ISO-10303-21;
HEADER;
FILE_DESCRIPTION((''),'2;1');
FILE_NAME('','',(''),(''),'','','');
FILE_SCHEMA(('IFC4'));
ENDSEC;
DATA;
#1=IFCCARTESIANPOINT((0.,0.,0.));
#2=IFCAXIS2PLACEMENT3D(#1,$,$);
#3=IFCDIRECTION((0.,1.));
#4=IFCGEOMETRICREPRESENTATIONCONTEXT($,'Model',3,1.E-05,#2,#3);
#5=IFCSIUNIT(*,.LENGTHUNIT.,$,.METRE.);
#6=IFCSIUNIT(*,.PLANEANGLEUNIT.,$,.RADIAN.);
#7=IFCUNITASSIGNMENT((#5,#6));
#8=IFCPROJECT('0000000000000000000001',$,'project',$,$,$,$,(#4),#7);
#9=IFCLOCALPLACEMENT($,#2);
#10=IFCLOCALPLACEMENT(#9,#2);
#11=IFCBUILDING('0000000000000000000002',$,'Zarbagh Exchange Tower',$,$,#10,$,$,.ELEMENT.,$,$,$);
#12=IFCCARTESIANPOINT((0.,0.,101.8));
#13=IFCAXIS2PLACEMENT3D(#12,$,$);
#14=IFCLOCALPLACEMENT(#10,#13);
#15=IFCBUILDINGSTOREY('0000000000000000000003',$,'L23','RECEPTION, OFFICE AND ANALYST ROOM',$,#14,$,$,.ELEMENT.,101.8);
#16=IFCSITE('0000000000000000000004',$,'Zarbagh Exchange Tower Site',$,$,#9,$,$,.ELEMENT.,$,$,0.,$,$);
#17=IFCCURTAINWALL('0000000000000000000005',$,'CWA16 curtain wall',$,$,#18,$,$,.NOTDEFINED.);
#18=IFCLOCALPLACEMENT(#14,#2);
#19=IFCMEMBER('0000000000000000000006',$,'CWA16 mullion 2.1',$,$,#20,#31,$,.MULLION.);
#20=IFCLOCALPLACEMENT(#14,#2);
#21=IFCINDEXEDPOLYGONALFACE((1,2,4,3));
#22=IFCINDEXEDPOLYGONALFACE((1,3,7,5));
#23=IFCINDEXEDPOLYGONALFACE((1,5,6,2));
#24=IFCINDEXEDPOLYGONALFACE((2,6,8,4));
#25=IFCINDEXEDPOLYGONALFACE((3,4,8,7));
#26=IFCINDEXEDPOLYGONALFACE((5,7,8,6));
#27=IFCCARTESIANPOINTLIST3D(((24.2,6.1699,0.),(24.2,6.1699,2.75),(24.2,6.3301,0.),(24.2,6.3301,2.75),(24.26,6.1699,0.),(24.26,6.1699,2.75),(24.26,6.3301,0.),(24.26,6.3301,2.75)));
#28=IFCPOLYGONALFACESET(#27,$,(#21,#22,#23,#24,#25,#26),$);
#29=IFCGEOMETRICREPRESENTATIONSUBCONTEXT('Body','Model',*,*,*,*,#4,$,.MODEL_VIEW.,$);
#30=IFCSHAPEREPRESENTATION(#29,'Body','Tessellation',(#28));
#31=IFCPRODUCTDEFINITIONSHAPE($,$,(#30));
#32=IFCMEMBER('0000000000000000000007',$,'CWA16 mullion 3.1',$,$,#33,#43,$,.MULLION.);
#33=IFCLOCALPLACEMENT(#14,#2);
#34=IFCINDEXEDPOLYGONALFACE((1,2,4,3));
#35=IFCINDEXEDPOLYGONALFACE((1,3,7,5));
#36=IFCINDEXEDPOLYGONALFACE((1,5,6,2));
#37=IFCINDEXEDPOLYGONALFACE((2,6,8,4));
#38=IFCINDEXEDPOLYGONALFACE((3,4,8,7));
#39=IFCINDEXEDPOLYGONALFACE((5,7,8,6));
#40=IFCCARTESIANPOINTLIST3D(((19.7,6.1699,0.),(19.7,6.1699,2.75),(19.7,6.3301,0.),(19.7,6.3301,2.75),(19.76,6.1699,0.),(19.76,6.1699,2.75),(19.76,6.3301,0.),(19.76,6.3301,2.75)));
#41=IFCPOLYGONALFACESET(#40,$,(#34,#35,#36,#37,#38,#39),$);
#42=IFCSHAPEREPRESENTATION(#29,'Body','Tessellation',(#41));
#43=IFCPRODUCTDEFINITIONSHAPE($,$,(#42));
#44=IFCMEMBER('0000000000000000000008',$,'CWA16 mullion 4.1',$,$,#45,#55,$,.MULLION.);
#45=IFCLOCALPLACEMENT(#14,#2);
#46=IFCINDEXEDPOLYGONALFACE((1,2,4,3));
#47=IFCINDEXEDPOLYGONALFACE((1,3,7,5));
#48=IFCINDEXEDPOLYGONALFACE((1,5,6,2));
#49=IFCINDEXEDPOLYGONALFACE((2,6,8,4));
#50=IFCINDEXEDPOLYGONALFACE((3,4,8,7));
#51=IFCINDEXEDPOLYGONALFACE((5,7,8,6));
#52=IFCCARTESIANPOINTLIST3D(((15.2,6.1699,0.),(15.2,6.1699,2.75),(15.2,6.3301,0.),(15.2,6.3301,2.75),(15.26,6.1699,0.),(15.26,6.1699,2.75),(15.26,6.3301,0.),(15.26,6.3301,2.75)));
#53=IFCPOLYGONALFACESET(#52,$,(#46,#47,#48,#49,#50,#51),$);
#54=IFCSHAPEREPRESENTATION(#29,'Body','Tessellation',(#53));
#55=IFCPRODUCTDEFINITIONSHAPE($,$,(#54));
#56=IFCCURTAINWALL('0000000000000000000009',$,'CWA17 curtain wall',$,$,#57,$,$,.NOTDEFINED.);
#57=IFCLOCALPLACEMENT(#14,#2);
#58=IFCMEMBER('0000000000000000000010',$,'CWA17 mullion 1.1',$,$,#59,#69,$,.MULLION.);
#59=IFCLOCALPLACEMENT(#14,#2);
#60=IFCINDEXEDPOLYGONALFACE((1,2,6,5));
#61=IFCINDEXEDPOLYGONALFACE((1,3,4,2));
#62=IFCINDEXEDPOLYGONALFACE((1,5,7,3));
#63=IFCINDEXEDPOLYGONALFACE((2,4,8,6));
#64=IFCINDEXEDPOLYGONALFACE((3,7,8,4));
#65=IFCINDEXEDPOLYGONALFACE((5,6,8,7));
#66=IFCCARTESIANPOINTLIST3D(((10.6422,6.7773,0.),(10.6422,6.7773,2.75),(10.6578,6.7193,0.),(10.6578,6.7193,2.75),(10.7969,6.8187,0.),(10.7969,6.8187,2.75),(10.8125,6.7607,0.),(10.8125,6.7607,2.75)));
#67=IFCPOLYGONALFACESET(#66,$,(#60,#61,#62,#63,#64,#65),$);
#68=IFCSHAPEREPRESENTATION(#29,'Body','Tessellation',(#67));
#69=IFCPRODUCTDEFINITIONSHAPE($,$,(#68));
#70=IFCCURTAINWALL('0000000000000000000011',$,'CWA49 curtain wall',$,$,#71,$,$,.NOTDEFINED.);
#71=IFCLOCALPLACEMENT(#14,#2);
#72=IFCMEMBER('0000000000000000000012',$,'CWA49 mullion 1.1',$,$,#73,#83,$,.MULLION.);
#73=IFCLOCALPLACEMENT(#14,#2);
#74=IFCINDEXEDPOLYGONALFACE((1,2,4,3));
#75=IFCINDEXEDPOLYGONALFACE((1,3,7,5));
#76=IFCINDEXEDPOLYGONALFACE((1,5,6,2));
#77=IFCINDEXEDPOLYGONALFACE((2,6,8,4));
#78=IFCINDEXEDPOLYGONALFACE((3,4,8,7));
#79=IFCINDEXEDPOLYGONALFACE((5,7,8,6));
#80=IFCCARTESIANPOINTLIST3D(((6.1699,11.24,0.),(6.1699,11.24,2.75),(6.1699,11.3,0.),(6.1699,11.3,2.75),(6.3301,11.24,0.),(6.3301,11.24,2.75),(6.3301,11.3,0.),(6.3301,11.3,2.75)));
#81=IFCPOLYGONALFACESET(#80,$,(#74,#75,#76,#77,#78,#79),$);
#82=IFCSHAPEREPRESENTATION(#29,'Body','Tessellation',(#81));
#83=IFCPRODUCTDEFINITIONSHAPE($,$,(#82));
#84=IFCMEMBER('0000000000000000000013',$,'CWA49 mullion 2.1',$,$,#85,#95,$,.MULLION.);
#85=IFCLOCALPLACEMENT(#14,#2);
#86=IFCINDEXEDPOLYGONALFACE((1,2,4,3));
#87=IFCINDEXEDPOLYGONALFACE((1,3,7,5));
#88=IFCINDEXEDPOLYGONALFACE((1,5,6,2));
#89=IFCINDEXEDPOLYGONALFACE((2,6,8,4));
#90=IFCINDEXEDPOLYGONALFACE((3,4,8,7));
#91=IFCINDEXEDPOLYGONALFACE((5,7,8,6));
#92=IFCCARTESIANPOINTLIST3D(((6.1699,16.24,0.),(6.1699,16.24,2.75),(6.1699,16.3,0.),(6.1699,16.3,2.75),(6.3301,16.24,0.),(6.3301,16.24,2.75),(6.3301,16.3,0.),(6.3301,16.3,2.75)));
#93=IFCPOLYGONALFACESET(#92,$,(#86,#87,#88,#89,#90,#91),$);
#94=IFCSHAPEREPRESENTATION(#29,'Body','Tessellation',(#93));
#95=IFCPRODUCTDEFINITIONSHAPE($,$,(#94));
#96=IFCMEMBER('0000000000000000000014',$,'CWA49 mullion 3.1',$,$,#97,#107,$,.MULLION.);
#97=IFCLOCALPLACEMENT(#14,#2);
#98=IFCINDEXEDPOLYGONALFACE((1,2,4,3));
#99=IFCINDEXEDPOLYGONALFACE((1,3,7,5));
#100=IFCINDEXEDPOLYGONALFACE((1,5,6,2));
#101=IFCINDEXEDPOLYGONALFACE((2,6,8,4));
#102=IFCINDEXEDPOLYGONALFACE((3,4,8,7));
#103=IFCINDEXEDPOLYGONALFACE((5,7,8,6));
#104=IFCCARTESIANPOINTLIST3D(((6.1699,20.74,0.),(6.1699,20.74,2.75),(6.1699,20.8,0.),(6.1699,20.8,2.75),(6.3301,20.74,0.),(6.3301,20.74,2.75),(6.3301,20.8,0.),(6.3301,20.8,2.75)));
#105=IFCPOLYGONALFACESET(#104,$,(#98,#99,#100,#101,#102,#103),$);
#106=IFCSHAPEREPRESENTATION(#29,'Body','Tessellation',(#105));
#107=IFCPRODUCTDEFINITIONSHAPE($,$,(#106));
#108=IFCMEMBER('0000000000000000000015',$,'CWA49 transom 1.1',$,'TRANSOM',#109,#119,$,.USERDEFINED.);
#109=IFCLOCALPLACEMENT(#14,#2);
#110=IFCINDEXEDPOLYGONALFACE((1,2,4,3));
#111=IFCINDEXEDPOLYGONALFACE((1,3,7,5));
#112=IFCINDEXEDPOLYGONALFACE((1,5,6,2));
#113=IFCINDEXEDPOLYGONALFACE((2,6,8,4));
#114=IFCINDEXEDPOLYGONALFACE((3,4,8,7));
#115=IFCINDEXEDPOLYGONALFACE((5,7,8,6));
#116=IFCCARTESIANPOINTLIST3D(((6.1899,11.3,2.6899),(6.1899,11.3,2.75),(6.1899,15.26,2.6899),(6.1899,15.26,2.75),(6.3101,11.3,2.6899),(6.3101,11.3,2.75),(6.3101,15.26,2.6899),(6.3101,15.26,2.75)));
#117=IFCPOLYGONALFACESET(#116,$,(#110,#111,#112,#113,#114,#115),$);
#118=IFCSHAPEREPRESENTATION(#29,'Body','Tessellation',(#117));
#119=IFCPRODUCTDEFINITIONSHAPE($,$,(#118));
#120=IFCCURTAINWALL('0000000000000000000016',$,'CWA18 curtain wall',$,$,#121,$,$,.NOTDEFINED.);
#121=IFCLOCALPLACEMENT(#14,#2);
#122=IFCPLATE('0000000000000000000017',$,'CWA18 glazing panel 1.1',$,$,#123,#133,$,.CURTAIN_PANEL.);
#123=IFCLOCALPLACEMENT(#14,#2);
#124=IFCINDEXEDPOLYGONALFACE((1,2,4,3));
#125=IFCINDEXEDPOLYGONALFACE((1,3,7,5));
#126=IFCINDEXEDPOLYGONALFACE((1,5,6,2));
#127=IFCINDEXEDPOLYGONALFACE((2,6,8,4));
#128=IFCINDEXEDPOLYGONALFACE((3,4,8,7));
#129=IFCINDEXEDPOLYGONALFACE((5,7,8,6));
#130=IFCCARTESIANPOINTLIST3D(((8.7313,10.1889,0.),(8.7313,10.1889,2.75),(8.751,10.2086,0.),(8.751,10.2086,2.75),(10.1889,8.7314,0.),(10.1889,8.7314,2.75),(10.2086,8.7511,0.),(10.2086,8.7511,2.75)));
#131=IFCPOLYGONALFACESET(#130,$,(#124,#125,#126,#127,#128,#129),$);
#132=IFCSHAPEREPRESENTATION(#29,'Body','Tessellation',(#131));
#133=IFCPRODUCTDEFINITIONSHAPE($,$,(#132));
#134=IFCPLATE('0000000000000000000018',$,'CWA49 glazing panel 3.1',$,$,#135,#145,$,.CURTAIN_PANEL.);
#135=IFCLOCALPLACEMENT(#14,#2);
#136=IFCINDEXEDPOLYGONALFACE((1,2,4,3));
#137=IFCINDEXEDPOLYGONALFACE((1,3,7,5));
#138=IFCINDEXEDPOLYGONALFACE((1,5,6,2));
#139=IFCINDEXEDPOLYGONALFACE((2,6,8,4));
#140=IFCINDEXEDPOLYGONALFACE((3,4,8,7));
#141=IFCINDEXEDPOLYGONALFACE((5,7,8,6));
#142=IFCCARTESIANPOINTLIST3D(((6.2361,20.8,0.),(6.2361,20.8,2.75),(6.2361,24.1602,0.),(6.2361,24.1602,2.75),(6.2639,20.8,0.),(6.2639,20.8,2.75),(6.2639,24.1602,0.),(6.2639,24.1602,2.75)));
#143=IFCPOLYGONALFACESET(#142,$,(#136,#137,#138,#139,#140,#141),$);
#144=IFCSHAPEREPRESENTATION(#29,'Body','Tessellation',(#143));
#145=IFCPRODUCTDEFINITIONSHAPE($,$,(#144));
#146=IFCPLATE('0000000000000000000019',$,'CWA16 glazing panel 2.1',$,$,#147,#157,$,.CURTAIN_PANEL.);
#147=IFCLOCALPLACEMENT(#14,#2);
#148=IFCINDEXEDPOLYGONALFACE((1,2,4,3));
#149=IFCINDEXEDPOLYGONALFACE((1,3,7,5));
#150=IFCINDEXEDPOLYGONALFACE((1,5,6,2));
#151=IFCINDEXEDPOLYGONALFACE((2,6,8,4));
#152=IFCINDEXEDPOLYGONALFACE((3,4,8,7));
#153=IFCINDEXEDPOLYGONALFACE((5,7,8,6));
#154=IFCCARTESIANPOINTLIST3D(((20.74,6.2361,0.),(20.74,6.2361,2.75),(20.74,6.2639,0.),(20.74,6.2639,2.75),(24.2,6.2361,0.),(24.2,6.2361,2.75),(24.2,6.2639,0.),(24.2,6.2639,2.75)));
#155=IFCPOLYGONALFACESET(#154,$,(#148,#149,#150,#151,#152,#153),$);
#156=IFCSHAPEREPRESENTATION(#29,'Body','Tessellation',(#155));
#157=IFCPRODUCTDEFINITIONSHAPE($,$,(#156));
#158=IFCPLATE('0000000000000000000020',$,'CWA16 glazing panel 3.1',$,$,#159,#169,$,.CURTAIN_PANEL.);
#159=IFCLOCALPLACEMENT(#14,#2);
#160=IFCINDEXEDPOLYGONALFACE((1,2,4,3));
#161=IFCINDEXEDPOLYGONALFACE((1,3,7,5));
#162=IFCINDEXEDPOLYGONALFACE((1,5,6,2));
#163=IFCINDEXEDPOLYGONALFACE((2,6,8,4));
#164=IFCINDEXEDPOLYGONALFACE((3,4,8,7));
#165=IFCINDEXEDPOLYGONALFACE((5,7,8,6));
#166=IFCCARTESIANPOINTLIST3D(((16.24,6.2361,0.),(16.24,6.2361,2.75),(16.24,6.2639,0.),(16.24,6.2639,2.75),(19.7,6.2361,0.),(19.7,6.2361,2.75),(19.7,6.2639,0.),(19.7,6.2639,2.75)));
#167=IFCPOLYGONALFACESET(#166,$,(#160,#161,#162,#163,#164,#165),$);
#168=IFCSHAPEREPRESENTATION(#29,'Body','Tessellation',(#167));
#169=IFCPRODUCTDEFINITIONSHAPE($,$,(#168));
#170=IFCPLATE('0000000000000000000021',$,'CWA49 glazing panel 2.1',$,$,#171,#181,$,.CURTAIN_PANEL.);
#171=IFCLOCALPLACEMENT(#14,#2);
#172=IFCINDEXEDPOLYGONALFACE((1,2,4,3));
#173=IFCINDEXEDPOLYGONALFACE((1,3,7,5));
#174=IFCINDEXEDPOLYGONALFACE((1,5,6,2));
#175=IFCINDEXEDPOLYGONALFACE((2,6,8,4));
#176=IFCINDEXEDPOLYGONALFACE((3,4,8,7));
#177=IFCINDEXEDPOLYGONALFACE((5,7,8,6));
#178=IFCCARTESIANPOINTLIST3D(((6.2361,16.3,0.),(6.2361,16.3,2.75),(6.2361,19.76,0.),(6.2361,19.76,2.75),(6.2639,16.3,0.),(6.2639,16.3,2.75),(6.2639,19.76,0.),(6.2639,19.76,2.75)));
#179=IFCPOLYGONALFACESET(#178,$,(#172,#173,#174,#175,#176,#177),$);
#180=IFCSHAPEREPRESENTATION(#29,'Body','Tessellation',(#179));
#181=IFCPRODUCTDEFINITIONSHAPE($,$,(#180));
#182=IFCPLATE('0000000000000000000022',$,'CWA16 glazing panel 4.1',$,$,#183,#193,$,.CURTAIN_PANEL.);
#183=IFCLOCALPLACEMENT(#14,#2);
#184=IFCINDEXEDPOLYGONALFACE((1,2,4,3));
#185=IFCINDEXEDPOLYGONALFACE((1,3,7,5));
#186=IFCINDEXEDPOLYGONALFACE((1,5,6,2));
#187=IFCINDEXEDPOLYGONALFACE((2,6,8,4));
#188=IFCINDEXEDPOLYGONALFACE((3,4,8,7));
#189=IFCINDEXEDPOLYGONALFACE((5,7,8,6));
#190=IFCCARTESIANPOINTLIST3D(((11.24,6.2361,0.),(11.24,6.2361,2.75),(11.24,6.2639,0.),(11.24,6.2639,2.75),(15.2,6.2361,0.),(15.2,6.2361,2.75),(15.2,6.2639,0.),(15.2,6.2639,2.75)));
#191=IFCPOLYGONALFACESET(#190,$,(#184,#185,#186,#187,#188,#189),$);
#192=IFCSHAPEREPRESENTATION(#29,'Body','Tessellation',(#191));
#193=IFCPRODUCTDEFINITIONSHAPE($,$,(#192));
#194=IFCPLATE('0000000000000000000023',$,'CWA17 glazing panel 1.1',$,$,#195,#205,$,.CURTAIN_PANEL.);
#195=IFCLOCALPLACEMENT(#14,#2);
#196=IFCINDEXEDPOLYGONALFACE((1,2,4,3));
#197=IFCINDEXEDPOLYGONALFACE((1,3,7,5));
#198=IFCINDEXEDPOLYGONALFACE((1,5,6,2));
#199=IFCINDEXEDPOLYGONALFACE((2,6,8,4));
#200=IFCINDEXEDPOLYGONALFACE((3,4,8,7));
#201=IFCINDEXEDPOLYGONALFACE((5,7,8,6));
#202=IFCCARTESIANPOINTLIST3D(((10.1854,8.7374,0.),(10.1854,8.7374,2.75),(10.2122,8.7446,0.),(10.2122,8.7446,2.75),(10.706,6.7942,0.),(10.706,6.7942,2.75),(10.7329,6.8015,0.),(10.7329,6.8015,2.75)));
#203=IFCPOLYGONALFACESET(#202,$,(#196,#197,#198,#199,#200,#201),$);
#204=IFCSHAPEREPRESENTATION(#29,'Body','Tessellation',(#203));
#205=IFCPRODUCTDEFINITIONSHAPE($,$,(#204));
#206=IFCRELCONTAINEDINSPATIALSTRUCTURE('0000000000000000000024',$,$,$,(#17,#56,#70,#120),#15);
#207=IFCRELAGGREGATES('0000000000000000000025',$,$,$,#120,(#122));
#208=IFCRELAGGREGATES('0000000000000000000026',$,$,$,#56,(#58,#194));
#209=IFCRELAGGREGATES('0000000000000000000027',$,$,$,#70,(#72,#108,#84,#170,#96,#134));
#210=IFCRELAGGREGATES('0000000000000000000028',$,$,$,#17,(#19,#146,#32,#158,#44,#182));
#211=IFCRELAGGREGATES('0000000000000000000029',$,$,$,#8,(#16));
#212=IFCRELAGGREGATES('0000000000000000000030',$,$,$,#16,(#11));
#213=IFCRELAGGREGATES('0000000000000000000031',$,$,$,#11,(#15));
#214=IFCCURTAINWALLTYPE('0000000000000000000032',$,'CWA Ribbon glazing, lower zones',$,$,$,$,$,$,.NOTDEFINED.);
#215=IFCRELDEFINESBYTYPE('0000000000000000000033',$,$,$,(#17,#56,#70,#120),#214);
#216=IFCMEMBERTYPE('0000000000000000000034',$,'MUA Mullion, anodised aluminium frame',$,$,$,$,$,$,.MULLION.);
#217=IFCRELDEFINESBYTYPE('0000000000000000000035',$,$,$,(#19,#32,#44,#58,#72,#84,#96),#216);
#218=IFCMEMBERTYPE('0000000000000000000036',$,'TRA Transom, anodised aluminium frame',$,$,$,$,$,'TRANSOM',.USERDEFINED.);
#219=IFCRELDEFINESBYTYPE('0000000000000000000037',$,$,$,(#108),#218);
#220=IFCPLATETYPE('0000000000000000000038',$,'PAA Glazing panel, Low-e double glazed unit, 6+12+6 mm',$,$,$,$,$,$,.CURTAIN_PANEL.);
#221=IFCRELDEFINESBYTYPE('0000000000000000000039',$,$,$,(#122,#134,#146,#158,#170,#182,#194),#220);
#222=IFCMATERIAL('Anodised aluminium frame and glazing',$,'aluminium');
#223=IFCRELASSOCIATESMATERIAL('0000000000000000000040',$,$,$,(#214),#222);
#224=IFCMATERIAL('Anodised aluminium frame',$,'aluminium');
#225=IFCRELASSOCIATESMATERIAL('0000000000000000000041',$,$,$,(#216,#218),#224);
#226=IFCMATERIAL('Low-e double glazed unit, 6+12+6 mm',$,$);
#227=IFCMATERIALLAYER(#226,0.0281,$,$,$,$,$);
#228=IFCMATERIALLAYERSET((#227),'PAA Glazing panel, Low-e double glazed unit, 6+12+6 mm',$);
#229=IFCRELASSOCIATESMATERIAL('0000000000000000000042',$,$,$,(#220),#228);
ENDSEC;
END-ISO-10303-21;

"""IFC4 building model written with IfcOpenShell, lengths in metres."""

from ifc_helpers import new_model, si_unit, direction, frame, origin, place, context, subcontext, project, spatial, polyline, outline, extrude, source, transform, mapped, material, layer, layer_set, type_object, element, aggregate, save


model = new_model("IFC4")

# Units and contexts
model_context = context("Model", 3, precision=1e-05, world=origin(), true_north=direction((0.0, 1.0)))
body_context = subcontext(model_context, "Body", "Model", "MODEL_VIEW")
ifc_project = project(units=[si_unit("LENGTHUNIT", "METRE"), si_unit("PLANEANGLEUNIT", "RADIAN")], contexts=[model_context])

# Site, building, storey
site_placement = place(None, origin())
site = spatial("IfcSite", under=ifc_project, at=site_placement, Name="Zarbagh Exchange Tower Site", CompositionType="ELEMENT", RefElevation=0.0)
building_placement = place(site_placement, origin())
building = spatial("IfcBuilding", under=site, at=building_placement, Name="Zarbagh Exchange Tower", CompositionType="ELEMENT")
storey_placement = place(building_placement, frame((0.0, 0.0, 101.8)))
storey = spatial("IfcBuildingStorey", under=building, at=storey_placement, Name="L23", Description="RECEPTION, OFFICE AND ANALYST ROOM", CompositionType="ELEMENT", Elevation=101.8)

# Curtain wall, members
ifc_material_1 = material(Name="Anodised aluminium frame and glazing", Category="aluminium")
curtain_wall_type = type_object("IfcCurtainWallType", Name="CWA Ribbon glazing, lower zones", PredefinedType="NOTDEFINED", material=ifc_material_1)
curtain_wall_1_placement = place(storey_placement, origin())
curtain_wall_1 = element("IfcCurtainWall", 1, at=curtain_wall_1_placement, inside=storey, type_object=curtain_wall_type, Name="CWA16 curtain wall", PredefinedType="NOTDEFINED")
ifc_material_2 = material(Name="Anodised aluminium frame", Category="aluminium")
member_type_1 = type_object("IfcMemberType", Name="MUA Mullion, anodised aluminium frame", PredefinedType="MULLION", material=ifc_material_2)
shared_shape_1 = source(origin(), body_context, "Body", "SweptSolid", [
    extrude(outline(polyline([(0.0, -0.0801), (0.0601, -0.0801), (0.0601, 0.0801), (0.0, 0.0801), (0.0, -0.0801)])), origin(), (0.0, 0.0, 1.0), 2.75),
])
placement = place(storey_placement, origin())
member_1 = element("IfcMember", 2, at=placement, type_object=member_type_1, Name="CWA16 mullion 2.1", PredefinedType="MULLION", context=body_context, shape_type="MappedRepresentation", body=[
    mapped(shared_shape_1, transform((24.26, 6.25, 0.0), x_axis=(-1.0, 0.0, 0.0), y_axis=(0.0, -1.0, 0.0), z_axis=(0.0, 0.0, 1.0))),
])
member_2 = element("IfcMember", 3, at=placement, type_object=member_type_1, Name="CWA16 mullion 3.1", PredefinedType="MULLION", context=body_context, shape_type="MappedRepresentation", body=[
    mapped(shared_shape_1, transform((19.76, 6.25, 0.0), x_axis=(-1.0, 0.0, 0.0), y_axis=(0.0, -1.0, 0.0), z_axis=(0.0, 0.0, 1.0))),
])
member_3 = element("IfcMember", 4, at=placement, type_object=member_type_1, Name="CWA16 mullion 4.1", PredefinedType="MULLION", context=body_context, shape_type="MappedRepresentation", body=[
    mapped(shared_shape_1, transform((15.26, 6.25, 0.0), x_axis=(-1.0, 0.0, 0.0), y_axis=(0.0, -1.0, 0.0), z_axis=(0.0, 0.0, 1.0))),
])

# Curtain wall, member
curtain_wall_2_placement = place(storey_placement, origin())
curtain_wall_2 = element("IfcCurtainWall", 5, at=curtain_wall_2_placement, inside=storey, type_object=curtain_wall_type, Name="CWA17 curtain wall", PredefinedType="NOTDEFINED")
member_4 = element("IfcMember", 6, at=placement, type_object=member_type_1, Name="CWA17 mullion 1.1", PredefinedType="MULLION", context=body_context, shape_type="MappedRepresentation", body=[
    mapped(shared_shape_1, transform((10.7351, 6.74, 0.0), x_axis=(-0.258825, 0.965924, 0.0), y_axis=(-0.965924, -0.258825, 0.0), z_axis=(0.0, 0.0, 1.0))),
])

# Curtain wall, members
curtain_wall_3_placement = place(storey_placement, origin())
curtain_wall_3 = element("IfcCurtainWall", 7, at=curtain_wall_3_placement, inside=storey, type_object=curtain_wall_type, Name="CWA49 curtain wall", PredefinedType="NOTDEFINED")
member_5 = element("IfcMember", 8, at=placement, type_object=member_type_1, Name="CWA49 mullion 1.1", PredefinedType="MULLION", context=body_context, shape_type="MappedRepresentation", body=[
    mapped(shared_shape_1, transform((6.25, 11.24, 0.0), x_axis=(0.0, 1.0, 0.0), y_axis=(-1.0, 0.0, 0.0), z_axis=(0.0, 0.0, 1.0))),
])
member_6 = element("IfcMember", 9, at=placement, type_object=member_type_1, Name="CWA49 mullion 2.1", PredefinedType="MULLION", context=body_context, shape_type="MappedRepresentation", body=[
    mapped(shared_shape_1, transform((6.25, 16.24, 0.0), x_axis=(0.0, 1.0, 0.0), y_axis=(-1.0, 0.0, 0.0), z_axis=(0.0, 0.0, 1.0))),
])
member_7 = element("IfcMember", 10, at=placement, type_object=member_type_1, Name="CWA49 mullion 3.1", PredefinedType="MULLION", context=body_context, shape_type="MappedRepresentation", body=[
    mapped(shared_shape_1, transform((6.25, 20.74, 0.0), x_axis=(0.0, 1.0, 0.0), y_axis=(-1.0, 0.0, 0.0), z_axis=(0.0, 0.0, 1.0))),
])
member_type_2 = type_object("IfcMemberType", Name="TRA Transom, anodised aluminium frame", ElementType="TRANSOM", PredefinedType="USERDEFINED", material=ifc_material_2)
shared_shape_2 = source(origin(), body_context, "Body", "SweptSolid", [
    extrude(outline(polyline([(-0.0601, -0.0601), (0.0, -0.0601), (0.0, 0.0601), (-0.0601, 0.0601), (-0.0601, -0.0601)])), origin(), (0.0, 0.0, 1.0), 3.96),
])
member_8 = element("IfcMember", 11, at=placement, type_object=member_type_2, Name="CWA49 transom 1.1", ObjectType="TRANSOM", PredefinedType="USERDEFINED", context=body_context, shape_type="MappedRepresentation", body=[
    mapped(shared_shape_2, transform((6.25, 11.3, 2.75), x_axis=(0.0, 0.0, 1.0), y_axis=(1.0, 0.0, 0.0), z_axis=(0.0, 1.0, 0.0))),
])

# Curtain wall, plate
curtain_wall_4_placement = place(storey_placement, origin())
curtain_wall_4 = element("IfcCurtainWall", 12, at=curtain_wall_4_placement, inside=storey, type_object=curtain_wall_type, Name="CWA18 curtain wall", PredefinedType="NOTDEFINED")
ifc_material_3 = material(Name="Low-e double glazed unit, 6+12+6 mm")
ifc_layer_1 = layer(ifc_material_3, 0.0281)
ifc_layer_set_1 = layer_set([ifc_layer_1], Name="PAA Glazing panel, Low-e double glazed unit, 6+12+6 mm")
plate_type = type_object("IfcPlateType", Name="PAA Glazing panel, Low-e double glazed unit, 6+12+6 mm", PredefinedType="CURTAIN_PANEL", material=ifc_layer_set_1)
shared_shape_3 = source(origin(), body_context, "Body", "SweptSolid", [
    extrude(outline(polyline([(0.0, -0.0139), (2.0613, -0.0139), (2.0613, 0.0139), (0.0, 0.0139), (0.0, -0.0139)])), origin(), (0.0, 0.0, 1.0), 2.75),
])
plate_1 = element("IfcPlate", 13, at=placement, type_object=plate_type, Name="CWA18 glazing panel 1.1", PredefinedType="CURTAIN_PANEL", context=body_context, shape_type="MappedRepresentation", body=[
    mapped(shared_shape_3, transform((10.1987, 8.7412, 0.0), x_axis=(-0.707107, 0.707107, 0.0), y_axis=(-0.707107, -0.707107, 0.0), z_axis=(0.0, 0.0, 1.0))),
])
aggregate(curtain_wall_4, [plate_1])

# Plates
shared_shape_4 = source(origin(), body_context, "Body", "SweptSolid", [
    extrude(outline(polyline([(0.0, -0.0139), (3.3601, -0.0139), (3.3601, 0.0139), (0.0, 0.0139), (0.0, -0.0139)])), origin(), (0.0, 0.0, 1.0), 2.75),
])
plate_2 = element("IfcPlate", 14, at=placement, type_object=plate_type, Name="CWA49 glazing panel 3.1", PredefinedType="CURTAIN_PANEL", context=body_context, shape_type="MappedRepresentation", body=[
    mapped(shared_shape_4, transform((6.25, 20.8, 0.0), x_axis=(0.0, 1.0, 0.0), y_axis=(-1.0, 0.0, 0.0), z_axis=(0.0, 0.0, 1.0))),
])
shared_shape_5 = source(origin(), body_context, "Body", "SweptSolid", [
    extrude(outline(polyline([(0.0, -0.0139), (3.46, -0.0139), (3.46, 0.0139), (0.0, 0.0139), (0.0, -0.0139)])), origin(), (0.0, 0.0, 1.0), 2.75),
])
plate_3 = element("IfcPlate", 15, at=placement, type_object=plate_type, Name="CWA16 glazing panel 2.1", PredefinedType="CURTAIN_PANEL", context=body_context, shape_type="MappedRepresentation", body=[
    mapped(shared_shape_5, transform((24.2, 6.25, 0.0), x_axis=(-1.0, 0.0, 0.0), y_axis=(0.0, -1.0, 0.0), z_axis=(0.0, 0.0, 1.0))),
])
plate_4 = element("IfcPlate", 16, at=placement, type_object=plate_type, Name="CWA16 glazing panel 3.1", PredefinedType="CURTAIN_PANEL", context=body_context, shape_type="MappedRepresentation", body=[
    mapped(shared_shape_5, transform((19.7, 6.25, 0.0), x_axis=(-1.0, 0.0, 0.0), y_axis=(0.0, -1.0, 0.0), z_axis=(0.0, 0.0, 1.0))),
])
plate_5 = element("IfcPlate", 17, at=placement, type_object=plate_type, Name="CWA49 glazing panel 2.1", PredefinedType="CURTAIN_PANEL", context=body_context, shape_type="MappedRepresentation", body=[
    mapped(shared_shape_5, transform((6.25, 16.3, 0.0), x_axis=(0.0, 1.0, 0.0), y_axis=(-1.0, 0.0, 0.0), z_axis=(0.0, 0.0, 1.0))),
])
shared_shape_6 = source(origin(), body_context, "Body", "SweptSolid", [
    extrude(outline(polyline([(0.0, -0.0139), (3.96, -0.0139), (3.96, 0.0139), (0.0, 0.0139), (0.0, -0.0139)])), origin(), (0.0, 0.0, 1.0), 2.75),
])
plate_6 = element("IfcPlate", 18, at=placement, type_object=plate_type, Name="CWA16 glazing panel 4.1", PredefinedType="CURTAIN_PANEL", context=body_context, shape_type="MappedRepresentation", body=[
    mapped(shared_shape_6, transform((15.2, 6.25, 0.0), x_axis=(-1.0, 0.0, 0.0), y_axis=(0.0, -1.0, 0.0), z_axis=(0.0, 0.0, 1.0))),
])
shared_shape_7 = source(origin(), body_context, "Body", "SweptSolid", [
    extrude(outline(polyline([(0.0, -0.0139), (2.0117, -0.0139), (2.0117, 0.0139), (0.0, 0.0139), (0.0, -0.0139)])), origin(), (0.0, 0.0, 1.0), 2.75),
])
plate_7 = element("IfcPlate", 19, at=placement, type_object=plate_type, Name="CWA17 glazing panel 1.1", PredefinedType="CURTAIN_PANEL", context=body_context, shape_type="MappedRepresentation", body=[
    mapped(shared_shape_7, transform((10.7195, 6.7979, 0.0), x_axis=(-0.258825, 0.965924, 0.0), y_axis=(-0.965924, -0.258825, 0.0), z_axis=(0.0, 0.0, 1.0))),
])
aggregate(curtain_wall_2, [member_4, plate_7])

aggregate(curtain_wall_3, [member_5, member_8, member_6, plate_5, member_7, plate_2])
aggregate(curtain_wall_1, [member_1, plate_3, member_2, plate_4, member_3, plate_6])

save(model, "model.ifc")
